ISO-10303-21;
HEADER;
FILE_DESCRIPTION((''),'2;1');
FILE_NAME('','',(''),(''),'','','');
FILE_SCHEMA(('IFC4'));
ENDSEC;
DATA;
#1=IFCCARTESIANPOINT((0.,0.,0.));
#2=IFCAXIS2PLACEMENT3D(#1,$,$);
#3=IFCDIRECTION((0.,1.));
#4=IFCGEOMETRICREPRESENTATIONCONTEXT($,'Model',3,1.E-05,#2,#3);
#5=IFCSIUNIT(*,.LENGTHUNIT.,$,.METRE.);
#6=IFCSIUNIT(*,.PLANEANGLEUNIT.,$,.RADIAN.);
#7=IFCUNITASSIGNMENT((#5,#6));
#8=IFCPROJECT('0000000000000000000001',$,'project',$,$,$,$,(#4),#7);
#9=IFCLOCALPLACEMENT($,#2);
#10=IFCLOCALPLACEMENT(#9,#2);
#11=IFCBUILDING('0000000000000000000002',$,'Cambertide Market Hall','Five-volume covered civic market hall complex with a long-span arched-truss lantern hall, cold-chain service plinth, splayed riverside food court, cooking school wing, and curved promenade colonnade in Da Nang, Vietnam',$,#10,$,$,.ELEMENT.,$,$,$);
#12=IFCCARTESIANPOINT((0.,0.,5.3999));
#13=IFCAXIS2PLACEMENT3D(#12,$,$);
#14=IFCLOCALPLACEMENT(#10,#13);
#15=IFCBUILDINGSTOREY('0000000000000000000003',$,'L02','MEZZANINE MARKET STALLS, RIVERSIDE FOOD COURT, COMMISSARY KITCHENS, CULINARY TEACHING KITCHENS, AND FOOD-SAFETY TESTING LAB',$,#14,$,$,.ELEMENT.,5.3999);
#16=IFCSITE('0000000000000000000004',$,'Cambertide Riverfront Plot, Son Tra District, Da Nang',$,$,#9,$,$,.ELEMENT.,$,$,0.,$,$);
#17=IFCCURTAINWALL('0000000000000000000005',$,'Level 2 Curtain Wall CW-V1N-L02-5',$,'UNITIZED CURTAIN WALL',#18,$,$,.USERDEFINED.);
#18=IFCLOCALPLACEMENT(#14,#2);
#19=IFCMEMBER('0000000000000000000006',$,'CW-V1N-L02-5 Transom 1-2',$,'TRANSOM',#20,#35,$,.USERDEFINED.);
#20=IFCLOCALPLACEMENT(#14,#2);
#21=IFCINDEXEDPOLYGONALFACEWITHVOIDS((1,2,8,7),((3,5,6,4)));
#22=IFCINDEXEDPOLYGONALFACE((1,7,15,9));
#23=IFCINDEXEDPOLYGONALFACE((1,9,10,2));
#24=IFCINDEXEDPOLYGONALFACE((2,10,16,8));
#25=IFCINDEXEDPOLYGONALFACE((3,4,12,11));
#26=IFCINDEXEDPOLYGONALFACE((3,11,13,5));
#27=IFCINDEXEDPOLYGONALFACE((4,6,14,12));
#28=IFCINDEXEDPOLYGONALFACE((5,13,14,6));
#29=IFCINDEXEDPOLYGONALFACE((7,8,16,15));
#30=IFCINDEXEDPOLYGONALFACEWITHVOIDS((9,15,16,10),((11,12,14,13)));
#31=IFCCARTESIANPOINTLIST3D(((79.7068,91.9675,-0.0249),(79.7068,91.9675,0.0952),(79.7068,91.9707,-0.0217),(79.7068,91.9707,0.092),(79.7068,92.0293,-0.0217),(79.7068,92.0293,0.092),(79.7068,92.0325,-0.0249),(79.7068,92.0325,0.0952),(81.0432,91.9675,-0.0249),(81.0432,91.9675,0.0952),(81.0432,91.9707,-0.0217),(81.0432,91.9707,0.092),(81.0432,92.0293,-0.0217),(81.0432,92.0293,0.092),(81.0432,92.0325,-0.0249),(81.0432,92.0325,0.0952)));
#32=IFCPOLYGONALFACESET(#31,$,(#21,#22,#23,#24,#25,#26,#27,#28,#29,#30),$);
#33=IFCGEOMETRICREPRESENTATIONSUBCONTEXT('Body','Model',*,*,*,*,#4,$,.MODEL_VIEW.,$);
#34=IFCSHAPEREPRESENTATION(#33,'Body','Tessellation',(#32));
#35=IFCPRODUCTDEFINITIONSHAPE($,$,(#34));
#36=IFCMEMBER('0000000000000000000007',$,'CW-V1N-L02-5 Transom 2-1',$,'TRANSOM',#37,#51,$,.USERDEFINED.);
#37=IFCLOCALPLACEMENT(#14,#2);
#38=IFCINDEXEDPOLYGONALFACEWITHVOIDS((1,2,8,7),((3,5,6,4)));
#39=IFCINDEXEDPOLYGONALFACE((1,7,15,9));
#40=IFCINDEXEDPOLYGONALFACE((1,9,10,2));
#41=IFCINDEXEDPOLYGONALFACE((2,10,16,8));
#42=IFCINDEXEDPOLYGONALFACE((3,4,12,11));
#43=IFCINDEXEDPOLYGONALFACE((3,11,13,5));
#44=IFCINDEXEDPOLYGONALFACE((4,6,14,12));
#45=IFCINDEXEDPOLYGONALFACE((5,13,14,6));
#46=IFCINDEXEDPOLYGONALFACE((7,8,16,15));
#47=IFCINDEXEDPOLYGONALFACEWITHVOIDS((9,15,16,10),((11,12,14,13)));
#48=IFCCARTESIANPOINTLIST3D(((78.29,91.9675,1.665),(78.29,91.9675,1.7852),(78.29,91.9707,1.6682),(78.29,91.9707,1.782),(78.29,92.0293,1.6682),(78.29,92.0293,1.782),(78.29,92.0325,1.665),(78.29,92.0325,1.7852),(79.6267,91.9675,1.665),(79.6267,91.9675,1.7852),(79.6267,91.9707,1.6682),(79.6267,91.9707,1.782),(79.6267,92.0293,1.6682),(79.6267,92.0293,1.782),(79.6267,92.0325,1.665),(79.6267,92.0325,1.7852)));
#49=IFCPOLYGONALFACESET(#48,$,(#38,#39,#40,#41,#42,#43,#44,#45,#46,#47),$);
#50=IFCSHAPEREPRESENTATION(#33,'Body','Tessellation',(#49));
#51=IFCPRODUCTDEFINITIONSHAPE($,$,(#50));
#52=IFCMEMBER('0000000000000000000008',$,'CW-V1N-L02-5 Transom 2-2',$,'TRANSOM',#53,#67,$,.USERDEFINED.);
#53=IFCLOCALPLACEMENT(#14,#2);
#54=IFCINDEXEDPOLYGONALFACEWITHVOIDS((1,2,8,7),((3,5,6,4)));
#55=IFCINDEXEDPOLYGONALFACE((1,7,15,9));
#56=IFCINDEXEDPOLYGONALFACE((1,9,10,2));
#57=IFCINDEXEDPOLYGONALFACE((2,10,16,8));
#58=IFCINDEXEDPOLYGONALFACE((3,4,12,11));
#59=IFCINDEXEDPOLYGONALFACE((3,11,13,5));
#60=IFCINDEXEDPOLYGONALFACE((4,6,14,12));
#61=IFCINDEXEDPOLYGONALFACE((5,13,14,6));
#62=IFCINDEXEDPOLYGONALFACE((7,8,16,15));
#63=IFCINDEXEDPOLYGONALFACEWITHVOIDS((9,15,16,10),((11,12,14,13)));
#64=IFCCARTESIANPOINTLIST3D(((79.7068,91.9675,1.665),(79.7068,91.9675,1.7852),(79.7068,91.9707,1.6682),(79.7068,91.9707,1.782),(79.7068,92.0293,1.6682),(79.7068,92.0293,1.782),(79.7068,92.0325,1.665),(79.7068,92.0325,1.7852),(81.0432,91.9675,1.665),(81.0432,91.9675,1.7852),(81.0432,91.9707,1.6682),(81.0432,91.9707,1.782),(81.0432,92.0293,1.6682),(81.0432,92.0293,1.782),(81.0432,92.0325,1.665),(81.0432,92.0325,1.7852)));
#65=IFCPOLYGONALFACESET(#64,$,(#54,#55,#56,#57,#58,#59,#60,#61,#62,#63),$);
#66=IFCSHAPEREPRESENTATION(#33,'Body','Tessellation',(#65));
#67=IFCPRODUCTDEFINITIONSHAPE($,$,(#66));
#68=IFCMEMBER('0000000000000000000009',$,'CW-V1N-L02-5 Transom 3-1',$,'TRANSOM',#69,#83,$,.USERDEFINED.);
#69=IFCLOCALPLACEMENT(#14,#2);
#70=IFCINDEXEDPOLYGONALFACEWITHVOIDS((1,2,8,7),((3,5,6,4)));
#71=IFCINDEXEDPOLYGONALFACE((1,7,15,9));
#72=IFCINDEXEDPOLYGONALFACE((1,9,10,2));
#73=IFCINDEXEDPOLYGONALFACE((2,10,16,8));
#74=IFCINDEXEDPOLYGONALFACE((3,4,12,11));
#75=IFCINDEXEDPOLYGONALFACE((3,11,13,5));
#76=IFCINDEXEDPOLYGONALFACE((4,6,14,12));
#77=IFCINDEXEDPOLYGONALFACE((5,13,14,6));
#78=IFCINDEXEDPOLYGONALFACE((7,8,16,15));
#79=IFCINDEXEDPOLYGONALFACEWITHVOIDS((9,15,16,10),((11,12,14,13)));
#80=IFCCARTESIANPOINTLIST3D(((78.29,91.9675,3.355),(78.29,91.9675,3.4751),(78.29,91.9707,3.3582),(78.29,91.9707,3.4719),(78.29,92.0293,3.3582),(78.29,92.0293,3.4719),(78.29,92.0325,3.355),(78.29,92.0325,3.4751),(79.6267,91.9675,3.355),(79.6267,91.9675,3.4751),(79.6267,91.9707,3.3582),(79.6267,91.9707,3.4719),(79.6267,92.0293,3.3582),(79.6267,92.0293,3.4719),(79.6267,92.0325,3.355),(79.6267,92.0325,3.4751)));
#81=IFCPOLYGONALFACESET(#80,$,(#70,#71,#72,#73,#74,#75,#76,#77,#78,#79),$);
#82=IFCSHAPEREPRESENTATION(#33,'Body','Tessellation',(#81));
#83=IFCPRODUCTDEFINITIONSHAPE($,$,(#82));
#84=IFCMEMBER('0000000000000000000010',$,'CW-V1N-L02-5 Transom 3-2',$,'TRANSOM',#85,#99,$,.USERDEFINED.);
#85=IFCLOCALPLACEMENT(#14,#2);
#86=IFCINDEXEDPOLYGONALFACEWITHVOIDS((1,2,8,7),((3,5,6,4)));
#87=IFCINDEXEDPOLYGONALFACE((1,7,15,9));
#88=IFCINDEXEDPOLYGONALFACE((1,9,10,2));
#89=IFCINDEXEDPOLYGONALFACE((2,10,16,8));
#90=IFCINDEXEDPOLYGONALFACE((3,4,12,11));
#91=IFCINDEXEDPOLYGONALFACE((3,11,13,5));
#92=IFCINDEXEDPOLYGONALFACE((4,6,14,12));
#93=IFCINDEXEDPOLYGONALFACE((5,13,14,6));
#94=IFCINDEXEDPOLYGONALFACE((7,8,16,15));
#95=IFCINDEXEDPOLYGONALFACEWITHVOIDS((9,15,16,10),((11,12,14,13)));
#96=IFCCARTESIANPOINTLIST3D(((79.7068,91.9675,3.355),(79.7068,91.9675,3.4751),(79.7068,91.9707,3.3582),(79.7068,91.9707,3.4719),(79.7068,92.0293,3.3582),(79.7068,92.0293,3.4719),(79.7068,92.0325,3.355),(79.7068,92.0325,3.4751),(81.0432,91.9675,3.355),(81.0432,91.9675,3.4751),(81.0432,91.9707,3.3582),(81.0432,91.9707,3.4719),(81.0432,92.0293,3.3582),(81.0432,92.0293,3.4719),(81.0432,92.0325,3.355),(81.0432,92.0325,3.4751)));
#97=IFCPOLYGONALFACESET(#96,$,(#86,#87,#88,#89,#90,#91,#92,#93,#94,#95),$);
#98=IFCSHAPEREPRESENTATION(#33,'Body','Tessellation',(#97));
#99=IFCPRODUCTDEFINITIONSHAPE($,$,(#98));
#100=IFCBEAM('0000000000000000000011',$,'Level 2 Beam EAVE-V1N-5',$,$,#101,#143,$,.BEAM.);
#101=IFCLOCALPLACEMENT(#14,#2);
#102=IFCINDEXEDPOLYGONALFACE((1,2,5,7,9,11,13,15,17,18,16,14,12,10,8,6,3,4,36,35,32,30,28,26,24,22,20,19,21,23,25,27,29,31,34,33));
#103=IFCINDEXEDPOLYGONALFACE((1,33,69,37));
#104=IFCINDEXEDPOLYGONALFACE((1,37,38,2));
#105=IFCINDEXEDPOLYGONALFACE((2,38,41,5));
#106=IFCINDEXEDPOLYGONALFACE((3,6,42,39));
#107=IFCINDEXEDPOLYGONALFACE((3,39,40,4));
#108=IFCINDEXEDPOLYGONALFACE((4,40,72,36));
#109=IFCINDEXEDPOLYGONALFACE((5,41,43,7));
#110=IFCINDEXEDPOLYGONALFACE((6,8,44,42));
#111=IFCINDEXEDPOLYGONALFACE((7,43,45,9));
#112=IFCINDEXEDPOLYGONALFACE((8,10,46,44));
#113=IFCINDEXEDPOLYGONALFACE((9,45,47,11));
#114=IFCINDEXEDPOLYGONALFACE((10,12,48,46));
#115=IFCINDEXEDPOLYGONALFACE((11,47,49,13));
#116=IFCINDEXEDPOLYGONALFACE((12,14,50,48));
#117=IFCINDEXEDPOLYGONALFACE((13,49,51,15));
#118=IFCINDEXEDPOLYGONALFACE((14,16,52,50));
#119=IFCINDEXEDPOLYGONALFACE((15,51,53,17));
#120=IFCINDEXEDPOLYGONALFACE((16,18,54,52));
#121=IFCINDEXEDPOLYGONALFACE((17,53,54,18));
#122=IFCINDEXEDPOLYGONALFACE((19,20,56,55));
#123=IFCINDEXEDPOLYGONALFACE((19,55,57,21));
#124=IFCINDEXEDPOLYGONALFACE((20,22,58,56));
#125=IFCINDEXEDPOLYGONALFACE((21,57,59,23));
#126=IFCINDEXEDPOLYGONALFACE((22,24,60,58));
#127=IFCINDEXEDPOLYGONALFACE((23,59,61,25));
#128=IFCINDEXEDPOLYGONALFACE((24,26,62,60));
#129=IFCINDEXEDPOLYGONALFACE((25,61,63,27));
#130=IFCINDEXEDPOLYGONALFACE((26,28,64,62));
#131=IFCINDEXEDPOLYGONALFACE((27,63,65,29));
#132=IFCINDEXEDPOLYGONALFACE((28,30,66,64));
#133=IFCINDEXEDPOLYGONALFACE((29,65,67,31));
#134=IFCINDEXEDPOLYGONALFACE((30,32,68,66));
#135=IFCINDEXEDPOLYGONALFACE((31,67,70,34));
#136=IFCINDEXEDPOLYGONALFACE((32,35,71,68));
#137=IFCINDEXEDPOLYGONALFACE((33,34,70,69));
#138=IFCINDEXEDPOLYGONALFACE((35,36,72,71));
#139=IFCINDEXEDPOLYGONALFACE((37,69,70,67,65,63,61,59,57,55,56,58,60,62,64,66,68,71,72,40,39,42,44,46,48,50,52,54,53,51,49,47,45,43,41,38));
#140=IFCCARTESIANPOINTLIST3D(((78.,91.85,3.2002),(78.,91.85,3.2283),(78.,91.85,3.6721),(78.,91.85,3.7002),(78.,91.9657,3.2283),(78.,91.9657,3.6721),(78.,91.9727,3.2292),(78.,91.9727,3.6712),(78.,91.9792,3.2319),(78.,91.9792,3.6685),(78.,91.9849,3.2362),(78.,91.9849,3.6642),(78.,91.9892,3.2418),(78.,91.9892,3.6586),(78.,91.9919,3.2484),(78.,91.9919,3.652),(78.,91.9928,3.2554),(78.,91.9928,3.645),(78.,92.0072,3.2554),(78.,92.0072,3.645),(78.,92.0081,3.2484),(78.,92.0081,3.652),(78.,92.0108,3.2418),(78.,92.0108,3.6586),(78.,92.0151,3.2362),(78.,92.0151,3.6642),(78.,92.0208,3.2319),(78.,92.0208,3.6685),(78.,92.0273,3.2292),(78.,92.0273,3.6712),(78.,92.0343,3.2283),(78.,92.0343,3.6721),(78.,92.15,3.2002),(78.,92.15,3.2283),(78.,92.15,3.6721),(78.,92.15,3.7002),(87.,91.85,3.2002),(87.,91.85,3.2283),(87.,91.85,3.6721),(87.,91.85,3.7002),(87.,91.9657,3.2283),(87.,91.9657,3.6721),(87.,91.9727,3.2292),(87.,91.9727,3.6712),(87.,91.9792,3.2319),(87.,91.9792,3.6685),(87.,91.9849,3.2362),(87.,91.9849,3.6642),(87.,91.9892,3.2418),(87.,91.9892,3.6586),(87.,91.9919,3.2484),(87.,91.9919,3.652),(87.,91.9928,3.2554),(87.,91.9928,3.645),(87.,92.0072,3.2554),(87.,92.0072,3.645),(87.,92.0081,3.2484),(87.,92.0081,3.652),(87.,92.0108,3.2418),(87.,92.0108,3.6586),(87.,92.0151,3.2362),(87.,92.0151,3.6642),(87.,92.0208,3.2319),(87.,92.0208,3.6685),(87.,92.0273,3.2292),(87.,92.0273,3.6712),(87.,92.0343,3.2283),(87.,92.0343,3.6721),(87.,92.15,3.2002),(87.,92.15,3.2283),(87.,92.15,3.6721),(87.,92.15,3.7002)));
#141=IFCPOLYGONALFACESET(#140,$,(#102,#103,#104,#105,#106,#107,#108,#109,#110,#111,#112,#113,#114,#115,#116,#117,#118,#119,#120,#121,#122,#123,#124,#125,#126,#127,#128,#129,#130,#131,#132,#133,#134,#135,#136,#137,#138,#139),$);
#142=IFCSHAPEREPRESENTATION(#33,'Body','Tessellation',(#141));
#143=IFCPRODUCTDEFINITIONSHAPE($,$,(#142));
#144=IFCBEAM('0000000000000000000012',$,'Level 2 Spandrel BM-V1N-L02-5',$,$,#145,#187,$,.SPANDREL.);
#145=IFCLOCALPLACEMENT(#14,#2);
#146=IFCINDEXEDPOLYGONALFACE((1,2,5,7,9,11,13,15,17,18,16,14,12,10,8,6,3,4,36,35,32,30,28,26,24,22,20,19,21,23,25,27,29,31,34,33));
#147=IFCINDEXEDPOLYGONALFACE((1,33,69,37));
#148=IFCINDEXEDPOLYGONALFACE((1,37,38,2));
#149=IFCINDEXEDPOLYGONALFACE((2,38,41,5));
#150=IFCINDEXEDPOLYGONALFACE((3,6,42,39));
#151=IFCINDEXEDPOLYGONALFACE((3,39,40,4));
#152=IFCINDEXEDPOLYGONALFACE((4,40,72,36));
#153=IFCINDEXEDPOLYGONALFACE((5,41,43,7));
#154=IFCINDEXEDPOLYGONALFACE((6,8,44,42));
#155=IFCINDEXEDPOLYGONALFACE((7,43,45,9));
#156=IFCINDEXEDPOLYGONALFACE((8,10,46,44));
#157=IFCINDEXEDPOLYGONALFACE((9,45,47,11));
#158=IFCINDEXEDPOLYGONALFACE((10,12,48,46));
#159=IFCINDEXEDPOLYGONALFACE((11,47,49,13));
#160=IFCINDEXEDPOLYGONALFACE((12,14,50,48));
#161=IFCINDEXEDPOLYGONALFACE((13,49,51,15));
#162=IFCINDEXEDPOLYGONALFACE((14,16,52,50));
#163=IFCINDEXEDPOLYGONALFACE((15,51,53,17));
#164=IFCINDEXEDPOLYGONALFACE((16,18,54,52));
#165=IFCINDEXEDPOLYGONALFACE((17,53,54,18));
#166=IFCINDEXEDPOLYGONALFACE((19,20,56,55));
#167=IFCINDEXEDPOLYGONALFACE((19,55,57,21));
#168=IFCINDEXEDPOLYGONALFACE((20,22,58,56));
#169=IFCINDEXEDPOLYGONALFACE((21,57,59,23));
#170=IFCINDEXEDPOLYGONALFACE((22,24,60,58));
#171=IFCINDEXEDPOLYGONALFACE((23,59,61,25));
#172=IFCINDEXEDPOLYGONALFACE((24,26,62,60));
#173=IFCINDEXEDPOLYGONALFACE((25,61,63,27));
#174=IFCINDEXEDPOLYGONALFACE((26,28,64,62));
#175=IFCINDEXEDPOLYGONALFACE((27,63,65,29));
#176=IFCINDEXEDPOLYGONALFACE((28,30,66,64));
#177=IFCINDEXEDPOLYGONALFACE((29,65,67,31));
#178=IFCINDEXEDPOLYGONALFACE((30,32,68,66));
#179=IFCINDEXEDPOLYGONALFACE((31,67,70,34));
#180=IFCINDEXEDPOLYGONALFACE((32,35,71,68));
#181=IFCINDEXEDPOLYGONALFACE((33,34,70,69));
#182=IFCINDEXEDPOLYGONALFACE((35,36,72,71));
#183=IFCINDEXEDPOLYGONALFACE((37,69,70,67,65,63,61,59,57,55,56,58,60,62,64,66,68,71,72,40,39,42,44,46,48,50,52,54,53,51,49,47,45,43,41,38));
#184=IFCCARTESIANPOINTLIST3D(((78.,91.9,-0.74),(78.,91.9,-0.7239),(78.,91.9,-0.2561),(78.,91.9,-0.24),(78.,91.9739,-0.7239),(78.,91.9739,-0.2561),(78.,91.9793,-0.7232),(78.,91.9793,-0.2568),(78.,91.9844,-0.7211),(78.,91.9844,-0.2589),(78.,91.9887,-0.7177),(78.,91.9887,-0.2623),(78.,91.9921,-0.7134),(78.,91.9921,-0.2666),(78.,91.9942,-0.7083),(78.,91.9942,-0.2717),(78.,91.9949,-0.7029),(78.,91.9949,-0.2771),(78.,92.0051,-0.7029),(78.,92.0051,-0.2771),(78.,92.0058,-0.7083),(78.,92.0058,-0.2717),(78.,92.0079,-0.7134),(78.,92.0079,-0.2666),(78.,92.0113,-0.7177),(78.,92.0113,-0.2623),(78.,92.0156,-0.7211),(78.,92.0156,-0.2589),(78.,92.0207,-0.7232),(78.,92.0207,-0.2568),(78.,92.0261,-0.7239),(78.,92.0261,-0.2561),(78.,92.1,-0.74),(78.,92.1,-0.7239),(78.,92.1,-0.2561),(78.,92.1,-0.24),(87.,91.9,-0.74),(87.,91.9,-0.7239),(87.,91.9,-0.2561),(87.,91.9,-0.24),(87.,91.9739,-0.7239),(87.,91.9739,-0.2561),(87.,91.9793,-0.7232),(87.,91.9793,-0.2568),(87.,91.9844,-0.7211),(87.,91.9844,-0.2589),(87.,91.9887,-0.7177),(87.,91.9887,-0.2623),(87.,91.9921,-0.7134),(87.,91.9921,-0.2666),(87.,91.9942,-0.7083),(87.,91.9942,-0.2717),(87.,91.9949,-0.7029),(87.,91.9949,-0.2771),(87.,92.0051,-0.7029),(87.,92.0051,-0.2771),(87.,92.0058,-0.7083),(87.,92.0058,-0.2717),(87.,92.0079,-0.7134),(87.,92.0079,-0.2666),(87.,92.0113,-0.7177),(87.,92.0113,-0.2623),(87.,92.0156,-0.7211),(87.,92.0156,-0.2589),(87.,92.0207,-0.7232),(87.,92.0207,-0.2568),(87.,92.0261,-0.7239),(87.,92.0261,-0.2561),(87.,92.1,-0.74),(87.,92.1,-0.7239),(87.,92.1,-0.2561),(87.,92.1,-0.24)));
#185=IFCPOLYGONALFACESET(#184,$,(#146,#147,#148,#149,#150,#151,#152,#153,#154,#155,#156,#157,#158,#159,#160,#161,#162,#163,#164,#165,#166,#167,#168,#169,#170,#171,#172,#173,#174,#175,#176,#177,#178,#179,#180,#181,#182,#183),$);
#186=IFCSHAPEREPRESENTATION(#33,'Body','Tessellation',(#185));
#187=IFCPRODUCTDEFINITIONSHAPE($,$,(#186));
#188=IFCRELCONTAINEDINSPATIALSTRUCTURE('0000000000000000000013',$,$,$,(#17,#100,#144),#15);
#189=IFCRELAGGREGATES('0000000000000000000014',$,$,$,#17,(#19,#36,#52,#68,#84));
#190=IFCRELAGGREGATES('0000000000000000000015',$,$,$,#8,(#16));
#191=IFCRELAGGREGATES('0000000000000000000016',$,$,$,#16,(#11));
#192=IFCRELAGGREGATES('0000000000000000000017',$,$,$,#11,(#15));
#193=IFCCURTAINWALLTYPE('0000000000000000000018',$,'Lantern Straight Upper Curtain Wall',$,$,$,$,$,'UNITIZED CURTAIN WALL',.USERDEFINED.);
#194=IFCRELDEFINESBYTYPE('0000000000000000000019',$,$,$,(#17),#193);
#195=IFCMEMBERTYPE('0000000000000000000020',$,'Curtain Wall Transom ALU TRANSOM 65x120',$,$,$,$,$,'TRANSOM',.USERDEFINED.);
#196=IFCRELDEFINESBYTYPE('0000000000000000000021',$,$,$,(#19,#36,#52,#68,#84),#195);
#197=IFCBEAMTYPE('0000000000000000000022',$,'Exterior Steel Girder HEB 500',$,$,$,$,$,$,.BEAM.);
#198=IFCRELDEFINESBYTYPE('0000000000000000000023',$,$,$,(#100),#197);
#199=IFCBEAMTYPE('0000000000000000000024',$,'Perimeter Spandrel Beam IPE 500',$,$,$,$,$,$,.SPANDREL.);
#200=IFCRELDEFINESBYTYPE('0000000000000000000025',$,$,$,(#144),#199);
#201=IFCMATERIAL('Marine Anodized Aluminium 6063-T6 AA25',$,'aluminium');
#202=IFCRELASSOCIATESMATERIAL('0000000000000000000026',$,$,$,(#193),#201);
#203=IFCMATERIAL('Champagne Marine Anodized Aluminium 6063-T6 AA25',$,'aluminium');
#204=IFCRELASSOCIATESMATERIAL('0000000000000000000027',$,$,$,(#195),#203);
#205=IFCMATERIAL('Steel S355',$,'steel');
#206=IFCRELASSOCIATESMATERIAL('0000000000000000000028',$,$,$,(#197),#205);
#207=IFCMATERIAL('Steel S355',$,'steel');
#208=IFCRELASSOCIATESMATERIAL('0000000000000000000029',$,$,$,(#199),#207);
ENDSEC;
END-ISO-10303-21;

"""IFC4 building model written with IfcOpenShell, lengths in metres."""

from ifc_helpers import new_model, si_unit, direction, frame, origin, origin_2d, place, context, subcontext, project, spatial, hollow_rectangle, i_section, extrude, material, material_profile, profile_set, type_object, element, aggregate, save


model = new_model("IFC4")

# Units and contexts
model_context = context("Model", 3, precision=1e-05, world=origin(), true_north=direction((0.0, 1.0)))
body_context = subcontext(model_context, "Body", "Model", "MODEL_VIEW")
ifc_project = project(units=[si_unit("LENGTHUNIT", "METRE"), si_unit("PLANEANGLEUNIT", "RADIAN")], contexts=[model_context])

# Site, building, storey
site_placement = place(None, origin())
site = spatial("IfcSite", under=ifc_project, at=site_placement, Name="Cambertide Riverfront Plot, Son Tra District, Da Nang", CompositionType="ELEMENT", RefElevation=0.0)
building_placement = place(site_placement, origin())
building = spatial("IfcBuilding", under=site, at=building_placement, Name="Cambertide Market Hall", Description="Five-volume covered civic market hall complex with a long-span arched-truss lantern hall, cold-chain service plinth, splayed riverside food court, cooking school wing, and curved promenade colonnade in Da Nang, Vietnam", CompositionType="ELEMENT")
storey_placement = place(building_placement, frame((0.0, 0.0, 5.3999)))
storey = spatial("IfcBuildingStorey", under=building, at=storey_placement, Name="L02", Description="MEZZANINE MARKET STALLS, RIVERSIDE FOOD COURT, COMMISSARY KITCHENS, CULINARY TEACHING KITCHENS, AND FOOD-SAFETY TESTING LAB", CompositionType="ELEMENT", Elevation=5.3999)

# Curtain wall
ifc_material_1 = material(Name="Marine Anodized Aluminium 6063-T6 AA25", Category="aluminium")
curtain_wall_type = type_object("IfcCurtainWallType", Name="Lantern Straight Upper Curtain Wall", ElementType="UNITIZED CURTAIN WALL", PredefinedType="USERDEFINED", material=ifc_material_1)
curtain_wall_1_placement = place(storey_placement, origin())
curtain_wall_1 = element("IfcCurtainWall", 1, at=curtain_wall_1_placement, inside=storey, type_object=curtain_wall_type, Name="Level 2 Curtain Wall CW-V1N-L02-5", ObjectType="UNITIZED CURTAIN WALL", PredefinedType="USERDEFINED")

# Members
ifc_material_2 = material(Name="Champagne Marine Anodized Aluminium 6063-T6 AA25", Category="aluminium")
ifc_material_profile_1 = material_profile(ifc_material_2, hollow_rectangle(XDim=0.0649, YDim=0.1201, WallThickness=0.0032, at=origin_2d()), Name="ALU TRANSOM 65x120")
ifc_profile_set_1 = profile_set([ifc_material_profile_1], Name="Champagne Marine Anodized Aluminium 6063-T6 AA25")
member_type_1 = type_object("IfcMemberType", Name="Curtain Wall Transom ALU TRANSOM 65x120", ElementType="TRANSOM", PredefinedType="USERDEFINED", material=ifc_profile_set_1)
member_1_placement = place(storey_placement, frame((79.7068, 92.0, 0.0352), z_axis=(1.0, 0.0, 0.0), x_axis=(0.0, 1.0, 0.0)))
member_1 = element("IfcMember", 2, at=member_1_placement, type_object=member_type_1, Name="CW-V1N-L02-5 Transom 1-2", ObjectType="TRANSOM", PredefinedType="USERDEFINED", context=body_context, shape_type="SweptSolid", body=[
    extrude(hollow_rectangle(XDim=0.0649, YDim=0.1201, WallThickness=0.0032, at=origin_2d()), origin(), (0.0, 0.0, 1.0), 1.3364),
])
member_2_placement = place(storey_placement, frame((78.29, 92.0, 1.7251), z_axis=(1.0, 0.0, 0.0), x_axis=(0.0, 1.0, 0.0)))
member_2 = element("IfcMember", 3, at=member_2_placement, type_object=member_type_1, Name="CW-V1N-L02-5 Transom 2-1", ObjectType="TRANSOM", PredefinedType="USERDEFINED", context=body_context, shape_type="SweptSolid", body=[
    extrude(hollow_rectangle(XDim=0.0649, YDim=0.1201, WallThickness=0.0032, at=origin_2d()), origin(), (0.0, 0.0, 1.0), 1.3367),
])
member_3_placement = place(storey_placement, frame((79.7068, 92.0, 1.7251), z_axis=(1.0, 0.0, 0.0), x_axis=(0.0, 1.0, 0.0)))
member_3 = element("IfcMember", 4, at=member_3_placement, type_object=member_type_1, Name="CW-V1N-L02-5 Transom 2-2", ObjectType="TRANSOM", PredefinedType="USERDEFINED", context=body_context, shape_type="SweptSolid", body=[
    extrude(hollow_rectangle(XDim=0.0649, YDim=0.1201, WallThickness=0.0032, at=origin_2d()), origin(), (0.0, 0.0, 1.0), 1.3364),
])
member_4_placement = place(storey_placement, frame((78.29, 92.0, 3.415), z_axis=(1.0, 0.0, 0.0), x_axis=(0.0, 1.0, 0.0)))
member_4 = element("IfcMember", 5, at=member_4_placement, type_object=member_type_1, Name="CW-V1N-L02-5 Transom 3-1", ObjectType="TRANSOM", PredefinedType="USERDEFINED", context=body_context, shape_type="SweptSolid", body=[
    extrude(hollow_rectangle(XDim=0.0649, YDim=0.1201, WallThickness=0.0032, at=origin_2d()), origin(), (0.0, 0.0, 1.0), 1.3367),
])
member_5_placement = place(storey_placement, frame((79.7068, 92.0, 3.415), z_axis=(1.0, 0.0, 0.0), x_axis=(0.0, 1.0, 0.0)))
member_5 = element("IfcMember", 6, at=member_5_placement, type_object=member_type_1, Name="CW-V1N-L02-5 Transom 3-2", ObjectType="TRANSOM", PredefinedType="USERDEFINED", context=body_context, shape_type="SweptSolid", body=[
    extrude(hollow_rectangle(XDim=0.0649, YDim=0.1201, WallThickness=0.0032, at=origin_2d()), origin(), (0.0, 0.0, 1.0), 1.3364),
])

# Beams
ifc_material_3 = material(Name="Steel S355", Category="steel")
ifc_material_profile_2 = material_profile(ifc_material_3, i_section(OverallWidth=0.3, OverallDepth=0.5, WebThickness=0.0144, FlangeThickness=0.0281, FilletRadius=0.0271, at=origin_2d()), Name="HEB 500")
ifc_profile_set_2 = profile_set([ifc_material_profile_2], Name="Steel S355")
beam_type_1 = type_object("IfcBeamType", Name="Exterior Steel Girder HEB 500", PredefinedType="BEAM", material=ifc_profile_set_2)
beam_1_placement = place(storey_placement, frame((78.0, 92.0, 3.4502), z_axis=(1.0, 0.0, 0.0), x_axis=(0.0, 1.0, 0.0)))
element("IfcBeam", 7, at=beam_1_placement, inside=storey, type_object=beam_type_1, Name="Level 2 Beam EAVE-V1N-5", PredefinedType="BEAM", context=body_context, shape_type="SweptSolid", body=[
    extrude(i_section(OverallWidth=0.3, OverallDepth=0.5, WebThickness=0.0144, FlangeThickness=0.0281, FilletRadius=0.0271, at=origin_2d()), origin(), (0.0, 0.0, 1.0), 9.0),
])
ifc_material_4 = material(Name="Steel S355", Category="steel")
ifc_material_profile_3 = material_profile(ifc_material_4, i_section(OverallWidth=0.2, OverallDepth=0.5, WebThickness=0.0103, FlangeThickness=0.0161, FilletRadius=0.021, at=origin_2d()), Name="IPE 500")
ifc_profile_set_3 = profile_set([ifc_material_profile_3], Name="Steel S355")
beam_type_2 = type_object("IfcBeamType", Name="Perimeter Spandrel Beam IPE 500", PredefinedType="SPANDREL", material=ifc_profile_set_3)
beam_2_placement = place(storey_placement, frame((78.0, 92.0, -0.49), z_axis=(1.0, 0.0, 0.0), x_axis=(0.0, 1.0, 0.0)))
element("IfcBeam", 8, at=beam_2_placement, inside=storey, type_object=beam_type_2, Name="Level 2 Spandrel BM-V1N-L02-5", PredefinedType="SPANDREL", context=body_context, shape_type="SweptSolid", body=[
    extrude(i_section(OverallWidth=0.2, OverallDepth=0.5, WebThickness=0.0103, FlangeThickness=0.0161, FilletRadius=0.021, at=origin_2d()), origin(), (0.0, 0.0, 1.0), 9.0),
])

aggregate(curtain_wall_1, [member_1, member_2, member_3, member_4, member_5])

save(model, "model.ifc")
